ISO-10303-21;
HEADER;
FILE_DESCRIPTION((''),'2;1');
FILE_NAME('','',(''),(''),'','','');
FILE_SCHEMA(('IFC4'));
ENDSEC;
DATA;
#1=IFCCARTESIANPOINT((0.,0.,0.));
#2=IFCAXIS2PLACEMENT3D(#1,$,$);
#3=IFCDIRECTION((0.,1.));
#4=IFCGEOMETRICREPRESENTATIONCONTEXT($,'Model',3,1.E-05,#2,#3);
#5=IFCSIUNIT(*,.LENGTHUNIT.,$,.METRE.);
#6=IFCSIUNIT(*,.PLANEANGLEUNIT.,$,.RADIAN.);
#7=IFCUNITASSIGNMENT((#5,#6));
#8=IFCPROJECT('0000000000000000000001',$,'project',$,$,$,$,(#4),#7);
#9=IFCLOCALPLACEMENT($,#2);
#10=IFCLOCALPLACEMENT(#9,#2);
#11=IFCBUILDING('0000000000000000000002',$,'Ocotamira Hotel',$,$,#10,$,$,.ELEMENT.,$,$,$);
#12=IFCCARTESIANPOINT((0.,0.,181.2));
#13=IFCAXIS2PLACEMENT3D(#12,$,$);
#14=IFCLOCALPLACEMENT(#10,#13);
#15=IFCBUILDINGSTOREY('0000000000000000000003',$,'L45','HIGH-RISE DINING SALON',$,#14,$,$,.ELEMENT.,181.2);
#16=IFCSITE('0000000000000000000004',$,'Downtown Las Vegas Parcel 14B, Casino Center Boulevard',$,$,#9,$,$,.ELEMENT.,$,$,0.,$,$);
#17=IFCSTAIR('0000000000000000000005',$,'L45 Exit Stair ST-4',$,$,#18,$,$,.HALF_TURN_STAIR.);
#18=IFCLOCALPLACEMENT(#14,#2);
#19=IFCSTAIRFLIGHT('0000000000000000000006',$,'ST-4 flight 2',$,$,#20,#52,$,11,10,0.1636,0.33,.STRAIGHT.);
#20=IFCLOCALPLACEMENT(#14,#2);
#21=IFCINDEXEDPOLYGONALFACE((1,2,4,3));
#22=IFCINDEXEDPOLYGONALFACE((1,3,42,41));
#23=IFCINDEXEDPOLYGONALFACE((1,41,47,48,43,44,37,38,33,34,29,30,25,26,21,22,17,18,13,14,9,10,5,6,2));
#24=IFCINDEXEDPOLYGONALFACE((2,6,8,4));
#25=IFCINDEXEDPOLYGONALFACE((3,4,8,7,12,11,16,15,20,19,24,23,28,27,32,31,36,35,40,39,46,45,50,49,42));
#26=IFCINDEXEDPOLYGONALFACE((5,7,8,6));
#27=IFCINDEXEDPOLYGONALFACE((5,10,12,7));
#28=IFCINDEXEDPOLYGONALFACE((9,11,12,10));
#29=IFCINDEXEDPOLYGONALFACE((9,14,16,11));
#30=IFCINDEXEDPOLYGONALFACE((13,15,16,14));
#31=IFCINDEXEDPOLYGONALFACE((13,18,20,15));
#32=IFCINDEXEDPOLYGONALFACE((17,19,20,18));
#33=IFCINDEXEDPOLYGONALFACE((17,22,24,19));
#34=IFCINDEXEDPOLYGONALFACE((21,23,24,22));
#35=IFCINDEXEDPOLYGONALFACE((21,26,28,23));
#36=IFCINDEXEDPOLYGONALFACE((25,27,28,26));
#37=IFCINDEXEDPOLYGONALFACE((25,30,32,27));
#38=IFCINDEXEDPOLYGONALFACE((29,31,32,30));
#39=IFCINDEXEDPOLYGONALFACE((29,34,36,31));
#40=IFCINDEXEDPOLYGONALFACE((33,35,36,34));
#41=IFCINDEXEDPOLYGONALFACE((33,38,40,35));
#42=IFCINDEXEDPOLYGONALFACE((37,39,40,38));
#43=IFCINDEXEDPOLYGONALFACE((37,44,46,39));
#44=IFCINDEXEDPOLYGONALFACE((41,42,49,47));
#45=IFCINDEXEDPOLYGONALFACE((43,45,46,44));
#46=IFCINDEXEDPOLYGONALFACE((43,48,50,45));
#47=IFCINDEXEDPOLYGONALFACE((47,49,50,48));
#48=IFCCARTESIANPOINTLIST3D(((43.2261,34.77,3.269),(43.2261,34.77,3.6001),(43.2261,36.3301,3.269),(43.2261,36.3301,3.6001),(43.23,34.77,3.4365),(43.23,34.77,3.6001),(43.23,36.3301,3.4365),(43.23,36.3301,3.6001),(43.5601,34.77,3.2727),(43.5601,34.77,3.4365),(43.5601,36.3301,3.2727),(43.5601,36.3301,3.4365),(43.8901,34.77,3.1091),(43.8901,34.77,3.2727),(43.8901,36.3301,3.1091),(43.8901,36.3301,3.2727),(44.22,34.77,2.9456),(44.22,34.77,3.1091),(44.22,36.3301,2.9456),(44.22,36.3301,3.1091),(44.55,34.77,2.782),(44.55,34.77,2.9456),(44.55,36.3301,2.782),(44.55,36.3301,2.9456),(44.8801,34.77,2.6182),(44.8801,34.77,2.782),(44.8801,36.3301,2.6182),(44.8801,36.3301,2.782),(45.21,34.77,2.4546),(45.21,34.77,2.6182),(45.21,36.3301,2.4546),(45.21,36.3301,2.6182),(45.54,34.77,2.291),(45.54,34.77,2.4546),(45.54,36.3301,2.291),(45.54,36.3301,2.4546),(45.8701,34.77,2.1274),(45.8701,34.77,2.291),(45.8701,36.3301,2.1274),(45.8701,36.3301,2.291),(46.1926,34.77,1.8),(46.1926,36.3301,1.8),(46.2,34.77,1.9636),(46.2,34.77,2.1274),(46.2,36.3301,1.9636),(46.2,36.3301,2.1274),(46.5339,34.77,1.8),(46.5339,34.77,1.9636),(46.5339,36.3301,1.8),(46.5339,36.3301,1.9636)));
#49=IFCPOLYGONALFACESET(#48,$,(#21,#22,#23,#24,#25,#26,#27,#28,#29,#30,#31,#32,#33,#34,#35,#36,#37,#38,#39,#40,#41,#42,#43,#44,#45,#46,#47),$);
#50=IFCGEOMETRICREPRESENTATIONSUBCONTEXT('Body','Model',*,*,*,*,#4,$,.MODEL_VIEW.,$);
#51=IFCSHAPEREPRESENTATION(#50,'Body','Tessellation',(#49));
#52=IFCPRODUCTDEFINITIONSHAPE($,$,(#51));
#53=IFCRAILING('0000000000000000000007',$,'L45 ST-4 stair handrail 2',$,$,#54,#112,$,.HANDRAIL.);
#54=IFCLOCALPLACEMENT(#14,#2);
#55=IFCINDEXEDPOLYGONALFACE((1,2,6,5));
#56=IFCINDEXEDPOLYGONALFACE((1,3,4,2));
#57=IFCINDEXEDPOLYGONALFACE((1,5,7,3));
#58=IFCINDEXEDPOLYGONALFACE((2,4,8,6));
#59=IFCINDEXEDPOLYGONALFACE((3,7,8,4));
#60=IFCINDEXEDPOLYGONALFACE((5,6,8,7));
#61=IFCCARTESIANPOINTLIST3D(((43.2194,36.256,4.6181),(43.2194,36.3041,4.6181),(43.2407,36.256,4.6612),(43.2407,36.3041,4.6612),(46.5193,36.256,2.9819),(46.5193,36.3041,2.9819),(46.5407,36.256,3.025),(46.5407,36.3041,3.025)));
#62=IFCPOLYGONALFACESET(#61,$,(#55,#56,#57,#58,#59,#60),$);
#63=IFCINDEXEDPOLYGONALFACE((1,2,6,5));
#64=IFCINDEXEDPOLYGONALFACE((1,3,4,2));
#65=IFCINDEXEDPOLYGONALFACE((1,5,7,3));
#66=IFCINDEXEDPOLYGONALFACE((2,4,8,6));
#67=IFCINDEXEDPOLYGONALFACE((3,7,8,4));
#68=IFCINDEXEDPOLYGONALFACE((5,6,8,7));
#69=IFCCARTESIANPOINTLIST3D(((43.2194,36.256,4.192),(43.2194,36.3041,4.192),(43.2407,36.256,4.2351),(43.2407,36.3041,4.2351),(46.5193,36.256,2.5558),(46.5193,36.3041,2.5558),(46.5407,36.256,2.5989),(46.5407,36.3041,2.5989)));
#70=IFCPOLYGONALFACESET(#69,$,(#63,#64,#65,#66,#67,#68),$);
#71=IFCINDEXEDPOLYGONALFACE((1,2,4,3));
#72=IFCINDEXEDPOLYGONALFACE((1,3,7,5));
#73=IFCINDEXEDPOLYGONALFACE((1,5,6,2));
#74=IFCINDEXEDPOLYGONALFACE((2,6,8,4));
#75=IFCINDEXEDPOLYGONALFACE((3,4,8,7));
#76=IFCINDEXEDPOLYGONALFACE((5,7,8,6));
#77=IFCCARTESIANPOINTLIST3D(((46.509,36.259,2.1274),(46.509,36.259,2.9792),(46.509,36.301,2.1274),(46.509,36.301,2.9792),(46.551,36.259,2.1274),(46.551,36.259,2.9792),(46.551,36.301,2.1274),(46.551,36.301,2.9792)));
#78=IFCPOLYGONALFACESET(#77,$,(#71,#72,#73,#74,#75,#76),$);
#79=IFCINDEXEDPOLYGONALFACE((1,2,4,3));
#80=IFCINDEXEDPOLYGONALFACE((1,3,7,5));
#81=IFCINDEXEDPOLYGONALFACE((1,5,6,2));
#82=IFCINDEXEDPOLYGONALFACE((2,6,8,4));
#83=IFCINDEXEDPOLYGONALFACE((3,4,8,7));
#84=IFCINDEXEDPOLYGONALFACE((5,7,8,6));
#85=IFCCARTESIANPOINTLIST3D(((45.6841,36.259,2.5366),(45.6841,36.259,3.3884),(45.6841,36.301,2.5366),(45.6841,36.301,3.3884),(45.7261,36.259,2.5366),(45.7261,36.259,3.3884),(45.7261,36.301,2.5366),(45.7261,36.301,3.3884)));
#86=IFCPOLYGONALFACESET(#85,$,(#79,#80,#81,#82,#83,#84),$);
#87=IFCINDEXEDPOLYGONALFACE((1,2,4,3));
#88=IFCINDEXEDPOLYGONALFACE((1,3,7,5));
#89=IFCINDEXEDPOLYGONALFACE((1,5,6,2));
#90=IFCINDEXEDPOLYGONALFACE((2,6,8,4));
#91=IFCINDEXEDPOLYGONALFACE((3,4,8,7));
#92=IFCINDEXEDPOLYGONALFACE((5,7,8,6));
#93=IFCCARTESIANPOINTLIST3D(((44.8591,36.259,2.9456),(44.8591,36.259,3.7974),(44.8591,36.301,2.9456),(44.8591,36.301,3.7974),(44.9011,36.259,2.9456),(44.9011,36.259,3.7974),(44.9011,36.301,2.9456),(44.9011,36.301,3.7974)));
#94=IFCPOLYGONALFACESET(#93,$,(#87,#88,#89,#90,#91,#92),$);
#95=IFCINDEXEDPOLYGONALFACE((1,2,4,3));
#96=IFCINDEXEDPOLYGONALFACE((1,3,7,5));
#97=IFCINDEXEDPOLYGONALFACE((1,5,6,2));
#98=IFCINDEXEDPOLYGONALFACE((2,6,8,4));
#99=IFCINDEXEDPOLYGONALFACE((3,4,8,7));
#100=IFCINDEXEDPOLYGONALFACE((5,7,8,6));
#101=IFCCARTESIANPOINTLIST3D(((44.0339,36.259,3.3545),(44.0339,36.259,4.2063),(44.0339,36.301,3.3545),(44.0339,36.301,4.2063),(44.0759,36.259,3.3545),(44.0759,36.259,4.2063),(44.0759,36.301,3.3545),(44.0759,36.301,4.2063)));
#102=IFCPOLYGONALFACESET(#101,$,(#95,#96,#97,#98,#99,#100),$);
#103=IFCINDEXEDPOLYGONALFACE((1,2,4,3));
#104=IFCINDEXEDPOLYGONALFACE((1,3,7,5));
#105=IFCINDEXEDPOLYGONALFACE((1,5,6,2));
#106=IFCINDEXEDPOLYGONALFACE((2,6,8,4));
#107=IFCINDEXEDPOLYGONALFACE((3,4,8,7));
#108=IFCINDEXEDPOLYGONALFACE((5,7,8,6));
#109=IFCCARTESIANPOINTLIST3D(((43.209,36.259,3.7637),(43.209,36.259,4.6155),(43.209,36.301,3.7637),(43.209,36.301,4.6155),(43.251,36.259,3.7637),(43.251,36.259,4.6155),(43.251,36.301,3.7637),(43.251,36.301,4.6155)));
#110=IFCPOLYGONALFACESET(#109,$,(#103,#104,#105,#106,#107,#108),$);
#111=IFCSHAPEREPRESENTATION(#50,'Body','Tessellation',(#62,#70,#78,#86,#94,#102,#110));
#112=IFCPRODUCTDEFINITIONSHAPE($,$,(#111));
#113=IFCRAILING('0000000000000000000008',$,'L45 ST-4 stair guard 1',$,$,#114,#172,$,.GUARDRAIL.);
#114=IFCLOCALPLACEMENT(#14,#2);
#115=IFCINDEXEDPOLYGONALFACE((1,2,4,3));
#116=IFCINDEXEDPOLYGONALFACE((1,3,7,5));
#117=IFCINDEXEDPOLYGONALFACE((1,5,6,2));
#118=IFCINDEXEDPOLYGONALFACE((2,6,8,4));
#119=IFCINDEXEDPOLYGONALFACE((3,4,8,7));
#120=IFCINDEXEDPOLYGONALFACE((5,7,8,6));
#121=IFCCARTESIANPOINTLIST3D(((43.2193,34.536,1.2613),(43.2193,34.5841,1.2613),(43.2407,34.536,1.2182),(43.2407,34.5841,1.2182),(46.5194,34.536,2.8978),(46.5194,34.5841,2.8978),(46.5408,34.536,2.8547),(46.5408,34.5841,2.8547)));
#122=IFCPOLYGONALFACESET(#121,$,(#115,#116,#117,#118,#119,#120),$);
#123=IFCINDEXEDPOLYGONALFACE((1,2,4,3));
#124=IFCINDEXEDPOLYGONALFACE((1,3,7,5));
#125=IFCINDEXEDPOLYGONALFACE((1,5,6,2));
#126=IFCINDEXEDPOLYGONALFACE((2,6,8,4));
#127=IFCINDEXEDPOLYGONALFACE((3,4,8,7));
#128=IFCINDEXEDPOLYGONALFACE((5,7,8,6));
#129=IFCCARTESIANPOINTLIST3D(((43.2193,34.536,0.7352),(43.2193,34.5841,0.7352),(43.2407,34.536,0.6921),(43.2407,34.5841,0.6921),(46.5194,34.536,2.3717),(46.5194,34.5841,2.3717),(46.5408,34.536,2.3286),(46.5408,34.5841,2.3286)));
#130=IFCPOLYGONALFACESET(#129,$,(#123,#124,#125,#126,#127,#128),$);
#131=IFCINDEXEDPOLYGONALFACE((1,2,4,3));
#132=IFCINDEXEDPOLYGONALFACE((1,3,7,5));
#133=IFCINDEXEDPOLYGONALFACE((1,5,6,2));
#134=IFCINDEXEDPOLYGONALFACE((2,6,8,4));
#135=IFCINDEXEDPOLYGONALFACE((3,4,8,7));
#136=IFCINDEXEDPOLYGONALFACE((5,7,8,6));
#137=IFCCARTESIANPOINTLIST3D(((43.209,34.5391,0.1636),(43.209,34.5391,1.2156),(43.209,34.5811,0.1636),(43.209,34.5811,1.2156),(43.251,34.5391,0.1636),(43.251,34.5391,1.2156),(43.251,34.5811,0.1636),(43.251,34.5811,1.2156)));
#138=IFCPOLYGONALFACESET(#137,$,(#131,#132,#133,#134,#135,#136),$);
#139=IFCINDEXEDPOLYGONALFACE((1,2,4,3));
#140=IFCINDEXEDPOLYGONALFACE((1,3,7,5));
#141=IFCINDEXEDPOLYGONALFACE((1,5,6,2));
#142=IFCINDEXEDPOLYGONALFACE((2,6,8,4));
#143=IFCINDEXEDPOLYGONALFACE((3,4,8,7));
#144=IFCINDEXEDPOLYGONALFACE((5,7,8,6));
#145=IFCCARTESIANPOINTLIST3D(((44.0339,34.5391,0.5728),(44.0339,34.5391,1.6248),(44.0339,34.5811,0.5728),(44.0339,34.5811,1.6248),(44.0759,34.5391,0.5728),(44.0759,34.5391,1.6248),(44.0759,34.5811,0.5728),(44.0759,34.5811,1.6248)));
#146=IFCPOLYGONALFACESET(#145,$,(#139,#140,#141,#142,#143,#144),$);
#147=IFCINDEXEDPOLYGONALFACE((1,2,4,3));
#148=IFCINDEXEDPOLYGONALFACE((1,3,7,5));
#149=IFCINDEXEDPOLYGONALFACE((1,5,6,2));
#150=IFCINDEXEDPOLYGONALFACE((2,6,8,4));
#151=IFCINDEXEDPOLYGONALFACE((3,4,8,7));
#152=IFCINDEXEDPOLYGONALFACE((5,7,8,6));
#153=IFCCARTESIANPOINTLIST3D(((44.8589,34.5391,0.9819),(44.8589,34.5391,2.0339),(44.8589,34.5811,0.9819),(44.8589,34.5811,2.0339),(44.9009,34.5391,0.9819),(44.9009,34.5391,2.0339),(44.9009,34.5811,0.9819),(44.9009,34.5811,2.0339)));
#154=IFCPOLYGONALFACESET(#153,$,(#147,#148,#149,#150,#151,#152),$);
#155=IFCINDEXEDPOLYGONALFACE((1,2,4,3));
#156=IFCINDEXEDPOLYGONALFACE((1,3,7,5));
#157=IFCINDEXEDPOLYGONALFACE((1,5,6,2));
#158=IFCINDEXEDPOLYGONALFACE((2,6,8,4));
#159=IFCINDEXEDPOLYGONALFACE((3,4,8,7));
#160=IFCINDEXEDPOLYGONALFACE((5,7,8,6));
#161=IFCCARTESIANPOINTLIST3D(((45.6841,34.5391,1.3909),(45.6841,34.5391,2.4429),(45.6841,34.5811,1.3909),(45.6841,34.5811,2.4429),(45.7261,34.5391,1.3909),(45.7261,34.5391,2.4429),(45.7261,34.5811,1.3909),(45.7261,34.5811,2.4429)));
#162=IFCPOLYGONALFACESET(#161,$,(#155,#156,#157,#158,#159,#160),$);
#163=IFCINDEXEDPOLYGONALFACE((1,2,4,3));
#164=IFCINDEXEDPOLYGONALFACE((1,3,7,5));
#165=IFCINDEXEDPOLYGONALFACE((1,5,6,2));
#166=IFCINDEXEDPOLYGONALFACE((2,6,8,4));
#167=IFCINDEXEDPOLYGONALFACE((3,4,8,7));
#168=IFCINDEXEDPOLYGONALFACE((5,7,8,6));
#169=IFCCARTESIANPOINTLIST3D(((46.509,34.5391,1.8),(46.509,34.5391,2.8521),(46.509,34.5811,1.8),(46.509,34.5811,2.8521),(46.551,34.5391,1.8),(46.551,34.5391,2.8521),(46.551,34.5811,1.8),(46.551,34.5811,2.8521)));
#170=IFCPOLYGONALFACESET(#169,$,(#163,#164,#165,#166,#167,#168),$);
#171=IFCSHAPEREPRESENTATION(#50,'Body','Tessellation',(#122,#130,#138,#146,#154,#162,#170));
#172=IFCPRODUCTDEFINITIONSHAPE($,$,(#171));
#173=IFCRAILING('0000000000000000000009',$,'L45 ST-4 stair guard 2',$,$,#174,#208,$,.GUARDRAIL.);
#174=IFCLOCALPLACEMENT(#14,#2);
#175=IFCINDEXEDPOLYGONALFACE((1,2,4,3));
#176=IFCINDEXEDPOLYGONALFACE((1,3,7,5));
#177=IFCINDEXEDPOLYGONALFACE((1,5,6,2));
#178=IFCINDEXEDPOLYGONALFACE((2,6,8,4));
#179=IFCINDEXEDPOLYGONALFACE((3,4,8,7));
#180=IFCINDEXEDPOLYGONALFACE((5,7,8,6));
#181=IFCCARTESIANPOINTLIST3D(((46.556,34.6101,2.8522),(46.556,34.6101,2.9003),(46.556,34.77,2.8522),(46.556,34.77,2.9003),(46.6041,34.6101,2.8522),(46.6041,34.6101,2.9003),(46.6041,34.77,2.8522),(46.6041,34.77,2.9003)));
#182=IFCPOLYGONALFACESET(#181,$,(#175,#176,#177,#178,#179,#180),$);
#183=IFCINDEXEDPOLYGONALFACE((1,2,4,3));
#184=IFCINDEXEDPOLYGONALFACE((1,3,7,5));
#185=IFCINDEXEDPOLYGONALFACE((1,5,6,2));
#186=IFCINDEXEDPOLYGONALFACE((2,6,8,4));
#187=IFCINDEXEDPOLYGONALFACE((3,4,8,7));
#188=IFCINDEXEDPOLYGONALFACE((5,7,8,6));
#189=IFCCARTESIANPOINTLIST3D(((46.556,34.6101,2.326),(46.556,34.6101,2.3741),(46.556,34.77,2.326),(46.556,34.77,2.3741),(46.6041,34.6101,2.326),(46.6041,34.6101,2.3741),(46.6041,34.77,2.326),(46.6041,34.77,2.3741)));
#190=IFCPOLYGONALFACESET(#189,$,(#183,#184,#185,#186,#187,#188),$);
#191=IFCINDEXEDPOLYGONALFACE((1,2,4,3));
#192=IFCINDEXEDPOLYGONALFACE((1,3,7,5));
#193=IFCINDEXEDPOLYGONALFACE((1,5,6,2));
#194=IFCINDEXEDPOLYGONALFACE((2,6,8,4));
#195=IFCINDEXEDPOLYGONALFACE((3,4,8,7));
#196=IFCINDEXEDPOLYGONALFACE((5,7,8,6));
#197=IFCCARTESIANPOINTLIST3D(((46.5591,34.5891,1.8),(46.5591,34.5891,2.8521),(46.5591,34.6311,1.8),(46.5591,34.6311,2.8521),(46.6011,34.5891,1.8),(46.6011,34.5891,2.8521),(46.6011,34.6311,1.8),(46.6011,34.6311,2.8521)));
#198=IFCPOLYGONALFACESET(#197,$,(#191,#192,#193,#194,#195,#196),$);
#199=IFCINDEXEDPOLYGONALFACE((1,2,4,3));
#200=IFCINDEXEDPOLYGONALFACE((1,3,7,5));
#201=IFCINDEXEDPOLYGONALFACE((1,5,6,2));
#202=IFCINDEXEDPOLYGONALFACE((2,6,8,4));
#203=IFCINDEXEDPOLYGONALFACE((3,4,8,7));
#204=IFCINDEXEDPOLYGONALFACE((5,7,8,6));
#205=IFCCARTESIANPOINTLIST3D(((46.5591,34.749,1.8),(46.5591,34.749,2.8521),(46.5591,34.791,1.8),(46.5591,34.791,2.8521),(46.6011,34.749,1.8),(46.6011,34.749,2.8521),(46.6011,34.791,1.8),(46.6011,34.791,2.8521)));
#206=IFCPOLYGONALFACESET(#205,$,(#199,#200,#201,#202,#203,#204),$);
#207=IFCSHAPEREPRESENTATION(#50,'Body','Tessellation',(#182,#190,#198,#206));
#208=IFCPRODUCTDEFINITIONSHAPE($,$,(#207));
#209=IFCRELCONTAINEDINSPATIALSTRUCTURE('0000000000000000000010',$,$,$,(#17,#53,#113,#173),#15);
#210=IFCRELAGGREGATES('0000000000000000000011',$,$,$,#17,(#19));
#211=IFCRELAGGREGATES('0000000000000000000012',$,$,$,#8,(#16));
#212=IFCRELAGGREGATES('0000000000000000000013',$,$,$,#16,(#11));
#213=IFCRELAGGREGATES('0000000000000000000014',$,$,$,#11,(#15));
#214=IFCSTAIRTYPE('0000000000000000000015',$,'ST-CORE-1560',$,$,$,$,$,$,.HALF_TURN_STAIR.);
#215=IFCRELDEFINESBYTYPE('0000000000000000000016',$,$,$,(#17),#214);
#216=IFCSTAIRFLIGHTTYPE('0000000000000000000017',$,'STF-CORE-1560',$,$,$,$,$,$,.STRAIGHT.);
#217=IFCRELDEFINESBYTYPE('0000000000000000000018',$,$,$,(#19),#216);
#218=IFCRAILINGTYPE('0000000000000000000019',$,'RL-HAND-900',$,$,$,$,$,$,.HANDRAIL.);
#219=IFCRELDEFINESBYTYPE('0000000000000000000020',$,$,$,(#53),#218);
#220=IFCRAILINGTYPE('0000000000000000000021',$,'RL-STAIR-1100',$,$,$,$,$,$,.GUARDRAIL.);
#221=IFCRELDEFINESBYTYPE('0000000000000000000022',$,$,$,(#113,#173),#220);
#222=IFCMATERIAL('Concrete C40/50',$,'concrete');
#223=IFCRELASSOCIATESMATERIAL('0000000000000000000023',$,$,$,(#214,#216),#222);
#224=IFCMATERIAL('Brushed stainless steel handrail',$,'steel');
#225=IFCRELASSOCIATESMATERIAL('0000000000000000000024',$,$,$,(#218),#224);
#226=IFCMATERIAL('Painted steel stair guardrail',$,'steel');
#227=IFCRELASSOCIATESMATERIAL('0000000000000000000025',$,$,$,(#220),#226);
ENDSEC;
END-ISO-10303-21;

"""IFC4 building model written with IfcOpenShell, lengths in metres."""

from ifc_helpers import new_model, si_unit, direction, frame, origin, origin_2d, place, context, subcontext, project, spatial, polyline, rectangle, outline, extrude, source, transform, mapped, material, type_object, element, aggregate, save


model = new_model("IFC4")

# Units and contexts
model_context = context("Model", 3, precision=1e-05, world=origin(), true_north=direction((0.0, 1.0)))
body_context = subcontext(model_context, "Body", "Model", "MODEL_VIEW")
ifc_project = project(units=[si_unit("LENGTHUNIT", "METRE"), si_unit("PLANEANGLEUNIT", "RADIAN")], contexts=[model_context])

# Site, building, storey
site_placement = place(None, origin())
site = spatial("IfcSite", under=ifc_project, at=site_placement, Name="Downtown Las Vegas Parcel 14B, Casino Center Boulevard", CompositionType="ELEMENT", RefElevation=0.0)
building_placement = place(site_placement, origin())
building = spatial("IfcBuilding", under=site, at=building_placement, Name="Ocotamira Hotel", CompositionType="ELEMENT")
storey_placement = place(building_placement, frame((0.0, 0.0, 181.2)))
storey = spatial("IfcBuildingStorey", under=building, at=storey_placement, Name="L45", Description="HIGH-RISE DINING SALON", CompositionType="ELEMENT", Elevation=181.2)

# Stair, stair flight
ifc_material_1 = material(Name="Concrete C40/50", Category="concrete")
stair_type = type_object("IfcStairType", Name="ST-CORE-1560", PredefinedType="HALF_TURN_STAIR", material=ifc_material_1)
stair_placement = place(storey_placement, origin())
stair = element("IfcStair", 1, at=stair_placement, inside=storey, type_object=stair_type, Name="L45 Exit Stair ST-4", PredefinedType="HALF_TURN_STAIR")
stair_flight_type = type_object("IfcStairFlightType", Name="STF-CORE-1560", PredefinedType="STRAIGHT", material=ifc_material_1)
shared_shape_1 = source(origin(), body_context, "Body", "SweptSolid", [
    extrude(outline(polyline([(-0.0039, 0.0), (-0.0039, 0.1636), (0.3301, 0.1636), (0.3301, 0.3274), (0.6599, 0.3274), (0.6599, 0.491), (0.99, 0.491), (0.99, 0.6545), (1.3201, 0.6545), (1.3201, 0.8181), (1.6499, 0.8181), (1.6499, 0.9819), (1.98, 0.9819), (1.98, 1.1455), (2.3101, 1.1455), (2.3101, 1.3091), (2.6399, 1.3091), (2.6399, 1.4727), (2.97, 1.4727), (2.97, 1.6365), (3.3, 1.6365), (3.3, 1.8), (3.304, 1.8), (3.304, 1.469), (0.3374, 0.0), (-0.0039, 0.0)])), frame((0.0, 0.78, 0.0), z_axis=(0.0, -1.0, 0.0), x_axis=(1.0, 0.0, 0.0)), (0.0, 0.0, 1.0), 1.5601),
])
stair_flight_1_placement = place(storey_placement, frame((46.53, 35.55, 1.8), z_axis=(0.0, 0.0, 1.0), x_axis=(-1.0, 0.0, 0.0)))
stair_flight_1 = element("IfcStairFlight", 2, at=stair_flight_1_placement, type_object=stair_flight_type, Name="ST-4 flight 2", NumberOfRisers=11, NumberOfTreads=10, PredefinedType="STRAIGHT", RiserHeight=0.1636, TreadLength=0.33, context=body_context, shape_type="MappedRepresentation", body=[
    mapped(shared_shape_1, transform((0.0, 0.0, 0.0), scale=1.0)),
])
aggregate(stair, [stair_flight_1])

# Railings
ifc_material_2 = material(Name="Brushed stainless steel handrail", Category="steel")
railing_type_1 = type_object("IfcRailingType", Name="RL-HAND-900", PredefinedType="HANDRAIL", material=ifc_material_2)
railing_1_placement = place(storey_placement, frame((46.53, 36.28, 2.1274)))
element("IfcRailing", 3, at=railing_1_placement, inside=storey, type_object=railing_type_1, Name="L45 ST-4 stair handrail 2", PredefinedType="HANDRAIL", context=body_context, shape_type="SweptSolid", body=[
    extrude(rectangle(XDim=0.0481, YDim=0.0481, at=origin_2d()), frame((0.0, 0.0, 0.876), z_axis=(-0.89592, 0.0, 0.444215), x_axis=(0.0, -1.0, 0.0)), (0.0, 0.0, 1.0), 3.6833),
    extrude(rectangle(XDim=0.0481, YDim=0.0481, at=origin_2d()), frame((0.0, 0.0, 0.45), z_axis=(-0.89592, 0.0, 0.444215), x_axis=(0.0, -1.0, 0.0)), (0.0, 0.0, 1.0), 3.6833),
    extrude(rectangle(XDim=0.042, YDim=0.042, at=origin_2d()), origin(), (0.0, 0.0, 1.0), 0.8518),
    extrude(rectangle(XDim=0.042, YDim=0.042, at=origin_2d()), frame((-0.825, 0.0, 0.4092)), (0.0, 0.0, 1.0), 0.8518),
    extrude(rectangle(XDim=0.042, YDim=0.042, at=origin_2d()), frame((-1.6499, 0.0, 0.8181)), (0.0, 0.0, 1.0), 0.8518),
    extrude(rectangle(XDim=0.042, YDim=0.042, at=origin_2d()), frame((-2.4751, 0.0, 1.2271)), (0.0, 0.0, 1.0), 0.8518),
    extrude(rectangle(XDim=0.042, YDim=0.042, at=origin_2d()), frame((-3.3, 0.0, 1.6362)), (0.0, 0.0, 1.0), 0.8518),
])
ifc_material_3 = material(Name="Painted steel stair guardrail", Category="steel")
railing_type_2 = type_object("IfcRailingType", Name="RL-STAIR-1100", PredefinedType="GUARDRAIL", material=ifc_material_3)
railing_2_placement = place(storey_placement, frame((43.23, 34.5601, 0.1636)))
element("IfcRailing", 4, at=railing_2_placement, inside=storey, type_object=railing_type_2, Name="L45 ST-4 stair guard 1", PredefinedType="GUARDRAIL", context=body_context, shape_type="SweptSolid", body=[
    extrude(rectangle(XDim=0.0481, YDim=0.0481, at=origin_2d()), frame((0.0, 0.0, 1.0762), z_axis=(0.895894, 0.0, 0.444268), x_axis=(0.0, 1.0, 0.0)), (0.0, 0.0, 1.0), 3.6836),
    extrude(rectangle(XDim=0.0481, YDim=0.0481, at=origin_2d()), frame((0.0, 0.0, 0.55), z_axis=(0.895894, 0.0, 0.444268), x_axis=(0.0, 1.0, 0.0)), (0.0, 0.0, 1.0), 3.6836),
    extrude(rectangle(XDim=0.042, YDim=0.042, at=origin_2d()), origin(), (0.0, 0.0, 1.0), 1.052),
    extrude(rectangle(XDim=0.042, YDim=0.042, at=origin_2d()), frame((0.825, 0.0, 0.4092)), (0.0, 0.0, 1.0), 1.052),
    extrude(rectangle(XDim=0.042, YDim=0.042, at=origin_2d()), frame((1.6499, 0.0, 0.8184)), (0.0, 0.0, 1.0), 1.052),
    extrude(rectangle(XDim=0.042, YDim=0.042, at=origin_2d()), frame((2.4751, 0.0, 1.2273)), (0.0, 0.0, 1.0), 1.052),
    extrude(rectangle(XDim=0.042, YDim=0.042, at=origin_2d()), frame((3.3, 0.0, 1.6365)), (0.0, 0.0, 1.0), 1.052),
])
railing_3_placement = place(storey_placement, frame((46.5801, 34.6101, 1.8)))
element("IfcRailing", 5, at=railing_3_placement, inside=storey, type_object=railing_type_2, Name="L45 ST-4 stair guard 2", PredefinedType="GUARDRAIL", context=body_context, shape_type="SweptSolid", body=[
    extrude(rectangle(XDim=0.0481, YDim=0.0481, at=origin_2d()), frame((0.0, 0.0, 1.0762), z_axis=(0.0, 1.0, 0.0), x_axis=(-1.0, 0.0, 0.0)), (0.0, 0.0, 1.0), 0.1599),
    extrude(rectangle(XDim=0.0481, YDim=0.0481, at=origin_2d()), frame((0.0, 0.0, 0.55), z_axis=(0.0, 1.0, 0.0), x_axis=(-1.0, 0.0, 0.0)), (0.0, 0.0, 1.0), 0.1599),
    extrude(rectangle(XDim=0.042, YDim=0.042, at=origin_2d()), origin(), (0.0, 0.0, 1.0), 1.052),
    extrude(rectangle(XDim=0.042, YDim=0.042, at=origin_2d()), frame((0.0, 0.1599, 0.0)), (0.0, 0.0, 1.0), 1.052),
])

save(model, "model.ifc")
